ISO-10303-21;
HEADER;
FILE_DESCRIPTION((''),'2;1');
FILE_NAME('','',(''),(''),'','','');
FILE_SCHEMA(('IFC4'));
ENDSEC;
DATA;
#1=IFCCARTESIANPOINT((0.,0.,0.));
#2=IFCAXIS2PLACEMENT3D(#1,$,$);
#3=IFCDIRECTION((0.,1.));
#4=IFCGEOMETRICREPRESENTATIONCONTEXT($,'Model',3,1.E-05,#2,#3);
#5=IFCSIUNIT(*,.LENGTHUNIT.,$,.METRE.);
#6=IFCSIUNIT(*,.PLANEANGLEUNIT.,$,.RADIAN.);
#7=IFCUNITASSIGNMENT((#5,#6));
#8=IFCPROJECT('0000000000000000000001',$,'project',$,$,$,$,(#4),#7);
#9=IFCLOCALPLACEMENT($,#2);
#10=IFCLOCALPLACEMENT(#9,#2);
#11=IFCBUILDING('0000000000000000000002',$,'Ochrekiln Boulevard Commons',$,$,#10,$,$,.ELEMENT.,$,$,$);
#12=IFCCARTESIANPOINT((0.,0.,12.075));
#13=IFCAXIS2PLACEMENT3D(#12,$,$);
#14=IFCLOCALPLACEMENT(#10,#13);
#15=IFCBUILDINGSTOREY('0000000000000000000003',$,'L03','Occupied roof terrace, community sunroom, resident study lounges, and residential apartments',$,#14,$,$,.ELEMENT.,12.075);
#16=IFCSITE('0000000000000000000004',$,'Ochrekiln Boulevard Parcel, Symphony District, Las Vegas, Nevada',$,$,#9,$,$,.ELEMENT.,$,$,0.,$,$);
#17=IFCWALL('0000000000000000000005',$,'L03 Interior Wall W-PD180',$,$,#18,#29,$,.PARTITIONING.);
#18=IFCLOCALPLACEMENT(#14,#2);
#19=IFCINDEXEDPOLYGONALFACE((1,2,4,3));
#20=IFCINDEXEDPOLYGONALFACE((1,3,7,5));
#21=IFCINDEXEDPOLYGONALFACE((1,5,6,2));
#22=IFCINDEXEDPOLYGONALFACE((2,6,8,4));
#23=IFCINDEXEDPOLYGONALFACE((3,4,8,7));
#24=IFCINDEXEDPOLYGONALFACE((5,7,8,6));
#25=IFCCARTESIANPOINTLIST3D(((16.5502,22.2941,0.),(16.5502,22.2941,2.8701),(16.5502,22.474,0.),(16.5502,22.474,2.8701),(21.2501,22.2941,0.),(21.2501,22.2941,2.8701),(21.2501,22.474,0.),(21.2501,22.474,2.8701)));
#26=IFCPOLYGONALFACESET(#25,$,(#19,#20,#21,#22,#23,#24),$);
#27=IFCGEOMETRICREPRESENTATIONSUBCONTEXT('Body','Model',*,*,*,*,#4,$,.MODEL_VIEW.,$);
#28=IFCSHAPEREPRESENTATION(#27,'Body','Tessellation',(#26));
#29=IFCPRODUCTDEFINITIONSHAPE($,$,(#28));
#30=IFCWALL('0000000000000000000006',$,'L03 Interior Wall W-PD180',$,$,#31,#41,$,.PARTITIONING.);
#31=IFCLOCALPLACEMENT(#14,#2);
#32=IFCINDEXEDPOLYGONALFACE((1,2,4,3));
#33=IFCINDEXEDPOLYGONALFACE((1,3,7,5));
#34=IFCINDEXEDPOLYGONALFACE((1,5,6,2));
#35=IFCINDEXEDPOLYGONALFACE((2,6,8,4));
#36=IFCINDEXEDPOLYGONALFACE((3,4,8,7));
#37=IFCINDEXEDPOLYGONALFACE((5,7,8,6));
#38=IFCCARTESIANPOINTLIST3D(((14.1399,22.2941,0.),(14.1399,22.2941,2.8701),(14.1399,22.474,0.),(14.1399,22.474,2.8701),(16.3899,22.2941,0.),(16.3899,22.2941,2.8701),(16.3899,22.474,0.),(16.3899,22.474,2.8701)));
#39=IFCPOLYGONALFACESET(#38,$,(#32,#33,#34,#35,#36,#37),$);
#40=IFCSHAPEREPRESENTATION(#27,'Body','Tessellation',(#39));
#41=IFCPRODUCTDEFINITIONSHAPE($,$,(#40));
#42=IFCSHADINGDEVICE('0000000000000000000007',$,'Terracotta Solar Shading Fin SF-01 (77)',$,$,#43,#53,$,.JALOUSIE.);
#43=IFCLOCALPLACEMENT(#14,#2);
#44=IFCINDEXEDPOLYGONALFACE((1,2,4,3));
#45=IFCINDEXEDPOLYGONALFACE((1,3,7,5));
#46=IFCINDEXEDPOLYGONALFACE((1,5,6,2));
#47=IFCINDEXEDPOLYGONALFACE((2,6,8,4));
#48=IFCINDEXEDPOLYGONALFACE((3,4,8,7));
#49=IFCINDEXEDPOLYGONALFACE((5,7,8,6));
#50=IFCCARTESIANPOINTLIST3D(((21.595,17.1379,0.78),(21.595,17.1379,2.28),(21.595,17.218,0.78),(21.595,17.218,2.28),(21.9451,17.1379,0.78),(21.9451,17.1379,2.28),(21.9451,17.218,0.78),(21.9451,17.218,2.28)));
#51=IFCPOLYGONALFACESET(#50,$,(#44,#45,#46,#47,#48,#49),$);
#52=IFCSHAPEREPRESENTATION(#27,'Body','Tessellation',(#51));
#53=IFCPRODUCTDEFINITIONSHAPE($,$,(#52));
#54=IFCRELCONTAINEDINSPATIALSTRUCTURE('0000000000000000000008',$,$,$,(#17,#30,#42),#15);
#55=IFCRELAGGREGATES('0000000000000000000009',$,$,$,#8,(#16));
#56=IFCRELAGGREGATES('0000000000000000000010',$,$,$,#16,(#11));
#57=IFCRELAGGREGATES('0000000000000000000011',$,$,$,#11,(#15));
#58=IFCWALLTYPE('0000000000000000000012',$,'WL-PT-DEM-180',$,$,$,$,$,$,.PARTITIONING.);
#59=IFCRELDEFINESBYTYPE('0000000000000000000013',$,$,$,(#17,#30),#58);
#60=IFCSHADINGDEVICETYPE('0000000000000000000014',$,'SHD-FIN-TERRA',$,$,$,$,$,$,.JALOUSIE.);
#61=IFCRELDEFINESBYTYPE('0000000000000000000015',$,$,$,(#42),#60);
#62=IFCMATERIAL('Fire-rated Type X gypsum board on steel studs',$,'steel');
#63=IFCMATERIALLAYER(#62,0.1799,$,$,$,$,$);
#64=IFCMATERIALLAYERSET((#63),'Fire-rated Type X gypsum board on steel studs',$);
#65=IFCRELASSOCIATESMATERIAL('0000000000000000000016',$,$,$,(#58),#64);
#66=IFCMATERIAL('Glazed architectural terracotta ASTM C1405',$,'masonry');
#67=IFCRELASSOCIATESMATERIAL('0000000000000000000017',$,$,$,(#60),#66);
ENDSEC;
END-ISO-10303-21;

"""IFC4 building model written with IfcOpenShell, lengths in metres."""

from ifc_helpers import new_model, si_unit, direction, frame, frame_2d, origin, origin_2d, place, context, subcontext, project, spatial, rectangle, extrude, material, layer, layer_set, type_object, element, save


model = new_model("IFC4")

# Units and contexts
model_context = context("Model", 3, precision=1e-05, world=origin(), true_north=direction((0.0, 1.0)))
body_context = subcontext(model_context, "Body", "Model", "MODEL_VIEW")
ifc_project = project(units=[si_unit("LENGTHUNIT", "METRE"), si_unit("PLANEANGLEUNIT", "RADIAN")], contexts=[model_context])

# Site, building, storey
site_placement = place(None, origin())
site = spatial("IfcSite", under=ifc_project, at=site_placement, Name="Ochrekiln Boulevard Parcel, Symphony District, Las Vegas, Nevada", CompositionType="ELEMENT", RefElevation=0.0)
building_placement = place(site_placement, origin())
building = spatial("IfcBuilding", under=site, at=building_placement, Name="Ochrekiln Boulevard Commons", CompositionType="ELEMENT")
storey_placement = place(building_placement, frame((0.0, 0.0, 12.075)))
storey = spatial("IfcBuildingStorey", under=building, at=storey_placement, Name="L03", Description="Occupied roof terrace, community sunroom, resident study lounges, and residential apartments", CompositionType="ELEMENT", Elevation=12.075)

# Walls
ifc_material_1 = material(Name="Glazed architectural terracotta ASTM C1405", Category="masonry")
ifc_material_2 = material(Name="Fire-rated Type X gypsum board on steel studs", Category="steel")
ifc_layer_1 = layer(ifc_material_2, 0.1799)
ifc_layer_set_1 = layer_set([ifc_layer_1], Name="Fire-rated Type X gypsum board on steel studs")
wall_type_1 = type_object("IfcWallType", Name="WL-PT-DEM-180", PredefinedType="PARTITIONING", material=ifc_layer_set_1)
wall_1_placement = place(storey_placement, frame((16.55, 22.384, 0.0), z_axis=(0.0, 0.0, 1.0), x_axis=(1.0, 0.0, 0.0)))
element("IfcWall", 1, at=wall_1_placement, inside=storey, type_object=wall_type_1, Name="L03 Interior Wall W-PD180", PredefinedType="PARTITIONING", context=body_context, shape_type="SweptSolid", body=[
    extrude(rectangle(XDim=4.7, YDim=0.1799, at=frame_2d((2.3501, 0.0))), origin(), (0.0, 0.0, 1.0), 2.8701),
])
wall_2_placement = place(storey_placement, frame((14.1399, 22.384, 0.0), z_axis=(0.0, 0.0, 1.0), x_axis=(1.0, 0.0, 0.0)))
element("IfcWall", 2, at=wall_2_placement, inside=storey, type_object=wall_type_1, Name="L03 Interior Wall W-PD180", PredefinedType="PARTITIONING", context=body_context, shape_type="SweptSolid", body=[
    extrude(rectangle(XDim=2.25, YDim=0.1799, at=frame_2d((1.125, 0.0))), origin(), (0.0, 0.0, 1.0), 2.8701),
])

# Shading device
shading_device_type = type_object("IfcShadingDeviceType", Name="SHD-FIN-TERRA", PredefinedType="JALOUSIE", material=ifc_material_1)
shading_device_placement = place(storey_placement, frame((21.77, 17.178, 0.78), z_axis=(0.0, 0.0, 1.0), x_axis=(1.0, 0.0, 0.0)))
element("IfcShadingDevice", 3, at=shading_device_placement, inside=storey, type_object=shading_device_type, Name="Terracotta Solar Shading Fin SF-01 (77)", PredefinedType="JALOUSIE", context=body_context, shape_type="SweptSolid", body=[
    extrude(rectangle(XDim=0.3501, YDim=0.0801, at=origin_2d()), origin(), (0.0, 0.0, 1.0), 1.5),
])

save(model, "model.ifc")
